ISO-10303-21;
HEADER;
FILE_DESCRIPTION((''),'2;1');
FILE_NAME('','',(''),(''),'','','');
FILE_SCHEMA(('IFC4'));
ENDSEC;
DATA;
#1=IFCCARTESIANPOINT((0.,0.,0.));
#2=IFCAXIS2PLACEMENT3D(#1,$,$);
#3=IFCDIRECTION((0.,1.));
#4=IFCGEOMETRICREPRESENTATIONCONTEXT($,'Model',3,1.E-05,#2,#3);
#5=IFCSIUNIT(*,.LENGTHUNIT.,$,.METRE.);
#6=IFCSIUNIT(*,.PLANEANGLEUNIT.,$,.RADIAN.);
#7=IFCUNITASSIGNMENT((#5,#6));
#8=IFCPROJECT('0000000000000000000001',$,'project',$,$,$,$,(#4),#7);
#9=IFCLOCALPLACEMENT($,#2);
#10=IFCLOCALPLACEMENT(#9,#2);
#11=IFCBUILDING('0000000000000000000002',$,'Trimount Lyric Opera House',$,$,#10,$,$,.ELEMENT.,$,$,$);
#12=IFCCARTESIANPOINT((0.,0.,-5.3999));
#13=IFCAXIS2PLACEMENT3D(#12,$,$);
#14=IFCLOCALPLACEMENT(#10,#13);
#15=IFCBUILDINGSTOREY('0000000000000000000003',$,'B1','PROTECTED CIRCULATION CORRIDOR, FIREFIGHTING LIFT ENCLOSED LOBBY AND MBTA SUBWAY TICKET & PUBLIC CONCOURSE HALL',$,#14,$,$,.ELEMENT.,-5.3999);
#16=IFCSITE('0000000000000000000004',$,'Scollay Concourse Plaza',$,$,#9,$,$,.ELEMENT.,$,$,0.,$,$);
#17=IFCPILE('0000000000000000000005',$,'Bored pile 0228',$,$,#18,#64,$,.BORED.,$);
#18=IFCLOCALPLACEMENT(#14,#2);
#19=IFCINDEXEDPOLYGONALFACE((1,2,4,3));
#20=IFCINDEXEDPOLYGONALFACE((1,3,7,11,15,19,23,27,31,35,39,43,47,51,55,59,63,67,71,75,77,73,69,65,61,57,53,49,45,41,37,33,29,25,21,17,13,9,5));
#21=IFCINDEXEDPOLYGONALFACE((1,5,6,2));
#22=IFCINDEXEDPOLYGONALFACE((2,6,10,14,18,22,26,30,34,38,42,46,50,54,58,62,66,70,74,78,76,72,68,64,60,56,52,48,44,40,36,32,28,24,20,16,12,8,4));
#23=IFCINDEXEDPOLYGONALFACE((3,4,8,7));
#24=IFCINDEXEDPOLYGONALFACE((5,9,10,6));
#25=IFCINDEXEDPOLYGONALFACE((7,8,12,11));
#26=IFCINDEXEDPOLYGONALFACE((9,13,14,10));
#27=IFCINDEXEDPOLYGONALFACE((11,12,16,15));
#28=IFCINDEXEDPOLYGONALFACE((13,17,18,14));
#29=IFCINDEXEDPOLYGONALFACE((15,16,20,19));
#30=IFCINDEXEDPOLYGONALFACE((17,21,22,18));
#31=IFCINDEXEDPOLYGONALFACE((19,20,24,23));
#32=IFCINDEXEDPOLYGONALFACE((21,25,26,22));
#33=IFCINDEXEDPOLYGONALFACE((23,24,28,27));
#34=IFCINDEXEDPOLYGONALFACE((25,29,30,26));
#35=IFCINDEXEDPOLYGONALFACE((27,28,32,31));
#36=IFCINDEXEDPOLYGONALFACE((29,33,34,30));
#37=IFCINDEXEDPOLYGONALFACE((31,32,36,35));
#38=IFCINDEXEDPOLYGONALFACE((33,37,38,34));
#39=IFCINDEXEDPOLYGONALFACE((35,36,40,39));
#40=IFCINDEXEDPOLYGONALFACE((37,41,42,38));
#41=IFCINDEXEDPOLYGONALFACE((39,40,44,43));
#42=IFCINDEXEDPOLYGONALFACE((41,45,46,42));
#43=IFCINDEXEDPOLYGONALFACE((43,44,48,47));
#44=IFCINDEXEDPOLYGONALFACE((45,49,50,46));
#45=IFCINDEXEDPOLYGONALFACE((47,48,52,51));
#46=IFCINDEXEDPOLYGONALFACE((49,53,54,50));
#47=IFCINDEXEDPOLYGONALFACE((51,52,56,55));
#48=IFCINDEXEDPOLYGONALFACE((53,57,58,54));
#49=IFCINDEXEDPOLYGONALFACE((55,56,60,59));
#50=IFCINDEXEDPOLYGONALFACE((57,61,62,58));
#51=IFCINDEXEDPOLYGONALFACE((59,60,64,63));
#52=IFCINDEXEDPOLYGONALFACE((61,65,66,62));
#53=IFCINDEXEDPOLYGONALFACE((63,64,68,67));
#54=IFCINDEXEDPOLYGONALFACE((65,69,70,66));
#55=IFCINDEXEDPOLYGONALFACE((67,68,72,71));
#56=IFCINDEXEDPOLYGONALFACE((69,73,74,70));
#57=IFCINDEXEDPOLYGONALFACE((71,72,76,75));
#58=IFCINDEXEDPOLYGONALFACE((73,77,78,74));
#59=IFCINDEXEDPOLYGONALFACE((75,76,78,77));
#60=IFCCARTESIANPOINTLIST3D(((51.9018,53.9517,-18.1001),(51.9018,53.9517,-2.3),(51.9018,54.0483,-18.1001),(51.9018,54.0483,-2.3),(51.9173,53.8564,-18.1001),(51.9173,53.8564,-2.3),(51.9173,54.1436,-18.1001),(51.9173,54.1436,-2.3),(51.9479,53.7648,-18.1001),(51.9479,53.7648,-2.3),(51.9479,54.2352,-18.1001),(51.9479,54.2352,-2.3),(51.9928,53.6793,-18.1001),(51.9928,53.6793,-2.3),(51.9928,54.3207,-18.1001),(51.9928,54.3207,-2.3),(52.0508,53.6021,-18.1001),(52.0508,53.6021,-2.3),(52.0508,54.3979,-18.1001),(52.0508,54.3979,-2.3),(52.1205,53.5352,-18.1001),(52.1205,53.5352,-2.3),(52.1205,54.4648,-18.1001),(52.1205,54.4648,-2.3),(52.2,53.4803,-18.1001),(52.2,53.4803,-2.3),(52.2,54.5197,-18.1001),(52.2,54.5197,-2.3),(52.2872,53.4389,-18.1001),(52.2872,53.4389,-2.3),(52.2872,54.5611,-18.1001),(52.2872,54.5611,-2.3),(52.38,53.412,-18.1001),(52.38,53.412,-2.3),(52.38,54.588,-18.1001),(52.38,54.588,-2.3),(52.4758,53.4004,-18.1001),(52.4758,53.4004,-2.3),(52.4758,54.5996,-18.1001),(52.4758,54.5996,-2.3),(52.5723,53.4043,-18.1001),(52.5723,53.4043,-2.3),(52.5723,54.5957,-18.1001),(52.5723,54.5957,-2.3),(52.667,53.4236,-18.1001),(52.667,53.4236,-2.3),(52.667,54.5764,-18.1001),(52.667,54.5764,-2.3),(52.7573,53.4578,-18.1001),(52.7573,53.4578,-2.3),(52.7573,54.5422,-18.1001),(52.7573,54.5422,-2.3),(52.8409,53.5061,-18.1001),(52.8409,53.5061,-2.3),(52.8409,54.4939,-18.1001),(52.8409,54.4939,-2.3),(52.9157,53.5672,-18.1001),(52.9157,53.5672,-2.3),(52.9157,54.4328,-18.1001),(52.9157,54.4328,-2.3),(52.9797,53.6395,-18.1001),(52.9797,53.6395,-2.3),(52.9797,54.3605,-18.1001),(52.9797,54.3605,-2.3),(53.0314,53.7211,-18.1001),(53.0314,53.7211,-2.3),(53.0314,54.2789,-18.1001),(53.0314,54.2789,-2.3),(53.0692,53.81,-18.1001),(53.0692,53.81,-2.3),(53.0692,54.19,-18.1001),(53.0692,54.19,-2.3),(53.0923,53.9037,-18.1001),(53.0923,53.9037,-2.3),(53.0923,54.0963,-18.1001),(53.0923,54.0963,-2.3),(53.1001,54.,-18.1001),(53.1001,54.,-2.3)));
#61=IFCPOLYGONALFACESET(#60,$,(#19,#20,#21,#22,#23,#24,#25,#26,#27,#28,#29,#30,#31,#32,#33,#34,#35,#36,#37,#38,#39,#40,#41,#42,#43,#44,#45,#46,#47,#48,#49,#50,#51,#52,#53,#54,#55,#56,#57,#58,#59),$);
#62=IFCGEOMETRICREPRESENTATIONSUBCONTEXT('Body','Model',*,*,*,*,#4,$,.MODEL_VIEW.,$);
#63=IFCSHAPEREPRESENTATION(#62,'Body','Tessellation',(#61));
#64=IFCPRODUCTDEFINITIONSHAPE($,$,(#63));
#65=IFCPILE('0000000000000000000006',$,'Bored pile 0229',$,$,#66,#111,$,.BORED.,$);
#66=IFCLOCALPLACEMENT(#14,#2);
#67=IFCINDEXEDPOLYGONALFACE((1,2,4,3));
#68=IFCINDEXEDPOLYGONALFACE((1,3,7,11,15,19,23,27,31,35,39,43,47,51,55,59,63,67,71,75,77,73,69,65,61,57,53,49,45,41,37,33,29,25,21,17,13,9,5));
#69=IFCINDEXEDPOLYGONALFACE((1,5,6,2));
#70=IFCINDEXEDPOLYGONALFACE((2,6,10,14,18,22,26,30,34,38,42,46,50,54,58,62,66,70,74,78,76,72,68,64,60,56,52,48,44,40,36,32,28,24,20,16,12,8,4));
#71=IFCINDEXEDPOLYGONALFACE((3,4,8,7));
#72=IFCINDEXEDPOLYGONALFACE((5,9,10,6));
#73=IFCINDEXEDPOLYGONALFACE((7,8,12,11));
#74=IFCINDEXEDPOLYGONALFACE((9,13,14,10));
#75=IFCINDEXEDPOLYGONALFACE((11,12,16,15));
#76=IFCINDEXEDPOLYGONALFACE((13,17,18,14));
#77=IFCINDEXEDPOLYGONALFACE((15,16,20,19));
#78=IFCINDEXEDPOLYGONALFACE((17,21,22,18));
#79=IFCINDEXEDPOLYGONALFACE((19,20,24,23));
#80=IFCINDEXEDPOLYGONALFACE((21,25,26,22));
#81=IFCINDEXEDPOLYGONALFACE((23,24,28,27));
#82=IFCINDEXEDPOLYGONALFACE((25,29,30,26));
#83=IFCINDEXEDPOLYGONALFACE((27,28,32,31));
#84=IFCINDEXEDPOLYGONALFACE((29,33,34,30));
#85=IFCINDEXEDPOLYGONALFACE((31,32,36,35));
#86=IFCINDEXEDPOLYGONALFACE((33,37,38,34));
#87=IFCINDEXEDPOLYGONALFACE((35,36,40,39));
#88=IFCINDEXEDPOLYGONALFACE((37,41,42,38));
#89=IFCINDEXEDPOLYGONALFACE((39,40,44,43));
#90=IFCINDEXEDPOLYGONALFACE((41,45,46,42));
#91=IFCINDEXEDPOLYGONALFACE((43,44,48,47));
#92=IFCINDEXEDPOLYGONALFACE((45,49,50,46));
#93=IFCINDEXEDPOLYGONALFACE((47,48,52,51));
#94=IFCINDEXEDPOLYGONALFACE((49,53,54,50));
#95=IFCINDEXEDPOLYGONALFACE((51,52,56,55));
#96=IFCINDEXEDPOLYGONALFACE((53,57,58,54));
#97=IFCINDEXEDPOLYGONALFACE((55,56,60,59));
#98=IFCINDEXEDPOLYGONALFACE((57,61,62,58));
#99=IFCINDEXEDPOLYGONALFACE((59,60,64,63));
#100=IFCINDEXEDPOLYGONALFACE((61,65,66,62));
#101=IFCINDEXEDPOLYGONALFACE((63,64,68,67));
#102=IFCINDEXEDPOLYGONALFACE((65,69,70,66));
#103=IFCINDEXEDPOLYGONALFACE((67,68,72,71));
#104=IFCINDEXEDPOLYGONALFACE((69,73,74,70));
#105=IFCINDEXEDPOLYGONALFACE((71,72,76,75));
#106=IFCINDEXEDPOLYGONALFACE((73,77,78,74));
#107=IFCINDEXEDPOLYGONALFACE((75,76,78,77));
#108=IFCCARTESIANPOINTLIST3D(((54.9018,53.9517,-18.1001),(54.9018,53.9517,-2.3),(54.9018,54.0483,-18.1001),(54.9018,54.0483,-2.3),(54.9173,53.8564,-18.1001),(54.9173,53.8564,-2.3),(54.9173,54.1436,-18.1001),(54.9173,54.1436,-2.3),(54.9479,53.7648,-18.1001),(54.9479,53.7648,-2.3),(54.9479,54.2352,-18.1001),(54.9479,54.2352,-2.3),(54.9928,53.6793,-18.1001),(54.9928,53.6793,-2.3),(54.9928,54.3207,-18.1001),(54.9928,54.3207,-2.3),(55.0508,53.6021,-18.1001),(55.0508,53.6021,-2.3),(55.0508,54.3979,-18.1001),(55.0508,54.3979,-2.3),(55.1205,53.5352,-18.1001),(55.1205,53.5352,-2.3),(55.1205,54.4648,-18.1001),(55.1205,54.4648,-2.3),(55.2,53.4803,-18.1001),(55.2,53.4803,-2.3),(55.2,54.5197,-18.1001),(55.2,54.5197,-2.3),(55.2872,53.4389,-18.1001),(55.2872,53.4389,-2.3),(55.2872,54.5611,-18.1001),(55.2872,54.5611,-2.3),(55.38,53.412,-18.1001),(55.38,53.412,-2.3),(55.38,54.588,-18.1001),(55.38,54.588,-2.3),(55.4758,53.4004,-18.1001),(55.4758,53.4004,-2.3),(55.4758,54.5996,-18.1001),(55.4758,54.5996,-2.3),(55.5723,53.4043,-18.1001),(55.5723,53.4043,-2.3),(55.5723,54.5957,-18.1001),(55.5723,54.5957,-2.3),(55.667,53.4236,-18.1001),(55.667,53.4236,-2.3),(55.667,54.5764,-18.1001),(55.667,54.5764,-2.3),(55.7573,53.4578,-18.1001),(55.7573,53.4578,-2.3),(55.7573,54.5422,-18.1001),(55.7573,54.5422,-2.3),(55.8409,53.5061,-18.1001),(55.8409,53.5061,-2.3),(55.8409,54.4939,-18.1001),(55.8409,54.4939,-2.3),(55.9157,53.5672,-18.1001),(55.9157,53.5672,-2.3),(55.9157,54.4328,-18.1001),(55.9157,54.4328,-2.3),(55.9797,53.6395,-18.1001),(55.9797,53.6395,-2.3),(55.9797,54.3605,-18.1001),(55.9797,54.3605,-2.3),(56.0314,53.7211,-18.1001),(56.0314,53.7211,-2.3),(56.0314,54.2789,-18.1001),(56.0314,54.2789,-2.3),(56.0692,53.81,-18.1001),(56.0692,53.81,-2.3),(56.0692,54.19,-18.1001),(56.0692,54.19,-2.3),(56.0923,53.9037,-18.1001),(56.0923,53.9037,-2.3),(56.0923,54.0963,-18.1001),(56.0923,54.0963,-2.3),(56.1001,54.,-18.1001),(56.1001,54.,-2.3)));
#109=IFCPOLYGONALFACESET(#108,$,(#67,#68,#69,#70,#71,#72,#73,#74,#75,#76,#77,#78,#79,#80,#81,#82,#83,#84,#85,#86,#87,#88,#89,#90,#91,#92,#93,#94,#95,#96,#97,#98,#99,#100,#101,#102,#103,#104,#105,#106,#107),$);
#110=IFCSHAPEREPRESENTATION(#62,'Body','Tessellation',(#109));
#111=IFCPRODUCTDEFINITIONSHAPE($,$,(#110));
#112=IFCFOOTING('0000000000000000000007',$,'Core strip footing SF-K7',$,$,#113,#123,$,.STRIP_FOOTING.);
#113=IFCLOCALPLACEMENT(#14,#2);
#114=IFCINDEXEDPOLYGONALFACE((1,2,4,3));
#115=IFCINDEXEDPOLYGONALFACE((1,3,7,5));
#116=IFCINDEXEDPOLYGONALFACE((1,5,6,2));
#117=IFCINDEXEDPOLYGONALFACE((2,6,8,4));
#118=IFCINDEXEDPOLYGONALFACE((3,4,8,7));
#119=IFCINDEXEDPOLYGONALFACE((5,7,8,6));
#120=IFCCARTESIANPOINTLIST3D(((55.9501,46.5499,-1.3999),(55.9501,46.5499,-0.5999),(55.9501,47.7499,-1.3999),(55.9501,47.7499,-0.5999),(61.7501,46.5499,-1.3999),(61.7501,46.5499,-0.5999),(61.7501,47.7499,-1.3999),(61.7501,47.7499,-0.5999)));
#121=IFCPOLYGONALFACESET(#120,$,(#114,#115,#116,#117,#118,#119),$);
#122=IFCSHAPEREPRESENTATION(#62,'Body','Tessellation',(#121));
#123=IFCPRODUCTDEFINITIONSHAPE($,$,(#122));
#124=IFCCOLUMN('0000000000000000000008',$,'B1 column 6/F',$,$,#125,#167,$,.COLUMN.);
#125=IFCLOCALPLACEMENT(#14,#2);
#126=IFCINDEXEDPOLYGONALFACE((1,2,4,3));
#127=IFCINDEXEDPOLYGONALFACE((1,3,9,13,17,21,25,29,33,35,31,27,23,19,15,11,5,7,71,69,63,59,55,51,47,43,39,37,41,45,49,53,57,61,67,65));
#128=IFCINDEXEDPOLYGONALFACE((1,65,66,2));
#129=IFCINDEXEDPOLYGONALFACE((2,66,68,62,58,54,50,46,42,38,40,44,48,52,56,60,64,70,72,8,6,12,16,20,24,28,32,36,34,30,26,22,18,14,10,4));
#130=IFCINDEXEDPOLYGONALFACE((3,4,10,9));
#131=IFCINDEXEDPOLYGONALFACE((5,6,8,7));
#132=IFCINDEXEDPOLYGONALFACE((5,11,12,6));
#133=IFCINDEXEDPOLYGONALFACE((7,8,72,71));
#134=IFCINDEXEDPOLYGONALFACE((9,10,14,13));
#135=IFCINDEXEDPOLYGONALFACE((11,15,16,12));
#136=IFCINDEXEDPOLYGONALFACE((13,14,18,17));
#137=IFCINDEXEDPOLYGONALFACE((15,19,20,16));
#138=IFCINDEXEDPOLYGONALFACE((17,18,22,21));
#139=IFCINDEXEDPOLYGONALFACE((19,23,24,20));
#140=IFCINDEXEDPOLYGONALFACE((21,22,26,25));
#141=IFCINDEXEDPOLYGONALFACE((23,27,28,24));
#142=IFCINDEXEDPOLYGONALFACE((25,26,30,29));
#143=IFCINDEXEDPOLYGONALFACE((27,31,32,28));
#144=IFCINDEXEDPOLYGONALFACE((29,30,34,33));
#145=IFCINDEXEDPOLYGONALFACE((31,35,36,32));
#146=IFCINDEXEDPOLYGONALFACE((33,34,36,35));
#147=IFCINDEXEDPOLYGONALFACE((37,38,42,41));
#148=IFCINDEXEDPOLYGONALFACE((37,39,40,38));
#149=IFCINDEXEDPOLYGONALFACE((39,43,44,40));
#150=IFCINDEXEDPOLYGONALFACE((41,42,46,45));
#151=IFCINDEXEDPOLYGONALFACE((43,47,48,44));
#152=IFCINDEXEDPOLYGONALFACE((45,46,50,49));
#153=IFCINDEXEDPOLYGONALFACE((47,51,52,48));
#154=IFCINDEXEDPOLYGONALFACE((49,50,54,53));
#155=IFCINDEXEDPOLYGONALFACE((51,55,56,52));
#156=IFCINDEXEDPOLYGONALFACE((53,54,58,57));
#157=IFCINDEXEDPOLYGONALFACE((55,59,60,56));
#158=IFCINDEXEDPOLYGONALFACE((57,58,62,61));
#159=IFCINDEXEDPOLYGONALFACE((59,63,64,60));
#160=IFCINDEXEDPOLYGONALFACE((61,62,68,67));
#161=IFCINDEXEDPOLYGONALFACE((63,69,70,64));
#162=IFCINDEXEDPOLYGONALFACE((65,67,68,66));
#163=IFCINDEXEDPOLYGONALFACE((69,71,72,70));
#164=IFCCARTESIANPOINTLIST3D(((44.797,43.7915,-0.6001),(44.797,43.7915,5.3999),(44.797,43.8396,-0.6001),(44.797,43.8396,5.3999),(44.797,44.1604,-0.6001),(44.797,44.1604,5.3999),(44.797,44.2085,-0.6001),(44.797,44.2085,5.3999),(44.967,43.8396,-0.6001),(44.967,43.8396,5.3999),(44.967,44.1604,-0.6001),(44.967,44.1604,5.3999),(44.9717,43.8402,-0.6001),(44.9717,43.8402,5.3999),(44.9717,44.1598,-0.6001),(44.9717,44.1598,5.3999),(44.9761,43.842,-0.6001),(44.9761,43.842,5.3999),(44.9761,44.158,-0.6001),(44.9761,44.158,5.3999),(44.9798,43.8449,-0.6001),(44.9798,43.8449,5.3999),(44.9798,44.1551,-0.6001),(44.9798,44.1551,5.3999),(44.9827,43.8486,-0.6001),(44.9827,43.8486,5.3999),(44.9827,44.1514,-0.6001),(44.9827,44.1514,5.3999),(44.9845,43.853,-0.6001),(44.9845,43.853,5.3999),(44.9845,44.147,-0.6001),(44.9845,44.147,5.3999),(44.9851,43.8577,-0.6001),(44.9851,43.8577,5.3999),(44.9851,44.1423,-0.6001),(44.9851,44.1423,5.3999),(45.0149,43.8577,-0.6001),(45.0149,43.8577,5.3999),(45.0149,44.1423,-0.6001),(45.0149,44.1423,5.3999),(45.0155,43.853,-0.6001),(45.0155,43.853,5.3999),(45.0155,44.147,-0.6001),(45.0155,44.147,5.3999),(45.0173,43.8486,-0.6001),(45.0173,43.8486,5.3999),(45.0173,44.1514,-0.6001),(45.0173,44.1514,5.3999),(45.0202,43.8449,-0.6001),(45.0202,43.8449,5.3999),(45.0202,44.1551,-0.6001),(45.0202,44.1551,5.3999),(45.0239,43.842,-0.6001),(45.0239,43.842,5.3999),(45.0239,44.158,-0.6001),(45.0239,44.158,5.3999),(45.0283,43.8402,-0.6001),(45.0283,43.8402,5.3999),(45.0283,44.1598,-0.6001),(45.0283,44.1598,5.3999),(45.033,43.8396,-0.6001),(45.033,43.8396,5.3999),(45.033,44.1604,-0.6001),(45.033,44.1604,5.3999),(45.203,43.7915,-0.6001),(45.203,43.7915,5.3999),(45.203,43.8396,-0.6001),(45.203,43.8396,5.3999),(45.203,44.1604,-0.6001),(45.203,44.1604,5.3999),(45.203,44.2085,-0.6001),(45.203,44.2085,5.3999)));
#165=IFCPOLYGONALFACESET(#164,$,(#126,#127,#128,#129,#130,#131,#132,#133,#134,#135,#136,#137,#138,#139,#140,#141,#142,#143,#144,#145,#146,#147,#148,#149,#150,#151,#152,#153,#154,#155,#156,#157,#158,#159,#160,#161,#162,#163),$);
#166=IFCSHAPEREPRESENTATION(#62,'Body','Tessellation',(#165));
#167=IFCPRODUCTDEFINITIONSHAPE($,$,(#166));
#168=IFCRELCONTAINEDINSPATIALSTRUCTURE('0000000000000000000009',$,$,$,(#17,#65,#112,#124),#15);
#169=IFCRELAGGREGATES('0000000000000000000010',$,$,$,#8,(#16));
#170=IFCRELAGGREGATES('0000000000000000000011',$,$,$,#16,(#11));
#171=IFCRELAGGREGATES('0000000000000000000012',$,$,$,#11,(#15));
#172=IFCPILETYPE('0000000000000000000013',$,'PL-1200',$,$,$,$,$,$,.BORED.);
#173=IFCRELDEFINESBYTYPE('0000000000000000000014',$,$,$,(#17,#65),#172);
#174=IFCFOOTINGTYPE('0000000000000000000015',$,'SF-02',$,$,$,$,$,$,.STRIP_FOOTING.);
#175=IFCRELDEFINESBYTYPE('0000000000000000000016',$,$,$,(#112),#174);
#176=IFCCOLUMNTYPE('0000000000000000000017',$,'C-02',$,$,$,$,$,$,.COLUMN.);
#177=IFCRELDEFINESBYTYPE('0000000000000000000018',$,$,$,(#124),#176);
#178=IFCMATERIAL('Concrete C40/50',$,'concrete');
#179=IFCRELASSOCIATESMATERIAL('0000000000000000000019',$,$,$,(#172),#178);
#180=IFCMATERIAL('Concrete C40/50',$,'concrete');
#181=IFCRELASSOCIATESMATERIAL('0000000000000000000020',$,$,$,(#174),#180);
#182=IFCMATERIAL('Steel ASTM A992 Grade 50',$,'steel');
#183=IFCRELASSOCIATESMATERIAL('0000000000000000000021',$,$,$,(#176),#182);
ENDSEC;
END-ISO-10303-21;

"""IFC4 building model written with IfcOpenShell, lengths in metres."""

from ifc_helpers import new_model, si_unit, direction, frame, origin, origin_2d, place, context, subcontext, project, spatial, rectangle, circle, i_section, extrude, material, material_profile, profile_set, type_object, element, save


model = new_model("IFC4")

# Units and contexts
model_context = context("Model", 3, precision=1e-05, world=origin(), true_north=direction((0.0, 1.0)))
body_context = subcontext(model_context, "Body", "Model", "MODEL_VIEW")
ifc_project = project(units=[si_unit("LENGTHUNIT", "METRE"), si_unit("PLANEANGLEUNIT", "RADIAN")], contexts=[model_context])

# Site, building, storey
site_placement = place(None, origin())
site = spatial("IfcSite", under=ifc_project, at=site_placement, Name="Scollay Concourse Plaza", CompositionType="ELEMENT", RefElevation=0.0)
building_placement = place(site_placement, origin())
building = spatial("IfcBuilding", under=site, at=building_placement, Name="Trimount Lyric Opera House", CompositionType="ELEMENT")
storey_placement = place(building_placement, frame((0.0, 0.0, -5.3999)))
storey = spatial("IfcBuildingStorey", under=building, at=storey_placement, Name="B1", Description="PROTECTED CIRCULATION CORRIDOR, FIREFIGHTING LIFT ENCLOSED LOBBY AND MBTA SUBWAY TICKET & PUBLIC CONCOURSE HALL", CompositionType="ELEMENT", Elevation=-5.3999)

# Piles
ifc_material_1 = material(Name="Concrete C40/50", Category="concrete")
ifc_material_profile_1 = material_profile(ifc_material_1, circle(Radius=0.6001, at=origin_2d()), Name="PILE-D1200")
ifc_profile_set_1 = profile_set([ifc_material_profile_1], Name="Concrete C40/50")
pile_type_1 = type_object("IfcPileType", Name="PL-1200", PredefinedType="BORED", material=ifc_profile_set_1)
for number, where, z_axis, x_axis, name in (
    (1, (52.5, 54.0, -2.3), (0.0, 0.0, -1.0), (1.0, 0.0, 0.0), "Bored pile 0228"),
    (2, (55.5, 54.0, -2.3), (0.0, 0.0, -1.0), (1.0, 0.0, 0.0), "Bored pile 0229"),
):
    element("IfcPile", number, at=place(storey_placement, frame(where, z_axis=z_axis, x_axis=x_axis)), inside=storey, type_object=pile_type_1, Name=name, PredefinedType="BORED", context=body_context, shape_type="SweptSolid", body=[
        extrude(circle(Radius=0.6001, at=origin_2d()), origin(), (0.0, 0.0, 1.0), 15.8),
    ])

# Footing
ifc_material_2 = material(Name="Concrete C40/50", Category="concrete")
footing_type_1 = type_object("IfcFootingType", Name="SF-02", PredefinedType="STRIP_FOOTING", material=ifc_material_2)
footing_1_placement = place(storey_placement, frame((58.8501, 47.1499, -1.3999), z_axis=(0.0, 0.0, 1.0), x_axis=(1.0, 0.0, 0.0)))
element("IfcFooting", 3, at=footing_1_placement, inside=storey, type_object=footing_type_1, Name="Core strip footing SF-K7", PredefinedType="STRIP_FOOTING", context=body_context, shape_type="SweptSolid", body=[
    extrude(rectangle(XDim=5.8, YDim=1.2, at=origin_2d()), origin(), (0.0, 0.0, 1.0), 0.8),
])

# Column
ifc_material_3 = material(Name="Steel ASTM A992 Grade 50", Category="steel")
ifc_material_profile_2 = material_profile(ifc_material_3, i_section(OverallWidth=0.406, OverallDepth=0.417, WebThickness=0.0298, FlangeThickness=0.0481, FilletRadius=0.0181, at=origin_2d()), Name="W14X257")
ifc_profile_set_2 = profile_set([ifc_material_profile_2], Name="Steel ASTM A992 Grade 50")
column_type_1 = type_object("IfcColumnType", Name="C-02", PredefinedType="COLUMN", material=ifc_profile_set_2)
for number, where, z_axis, x_axis, name in (
    (4, (45.0, 44.0, -0.6001), (0.0, 0.0, 1.0), (1.0, 0.0, 0.0), "B1 column 6/F"),
):
    element("IfcColumn", number, at=place(storey_placement, frame(where, z_axis=z_axis, x_axis=x_axis)), inside=storey, type_object=column_type_1, Name=name, PredefinedType="COLUMN", context=body_context, shape_type="SweptSolid", body=[
        extrude(i_section(OverallWidth=0.406, OverallDepth=0.417, WebThickness=0.0298, FlangeThickness=0.0481, FilletRadius=0.0181, at=origin_2d()), origin(), (0.0, 0.0, 1.0), 6.0),
    ])

save(model, "model.ifc")
